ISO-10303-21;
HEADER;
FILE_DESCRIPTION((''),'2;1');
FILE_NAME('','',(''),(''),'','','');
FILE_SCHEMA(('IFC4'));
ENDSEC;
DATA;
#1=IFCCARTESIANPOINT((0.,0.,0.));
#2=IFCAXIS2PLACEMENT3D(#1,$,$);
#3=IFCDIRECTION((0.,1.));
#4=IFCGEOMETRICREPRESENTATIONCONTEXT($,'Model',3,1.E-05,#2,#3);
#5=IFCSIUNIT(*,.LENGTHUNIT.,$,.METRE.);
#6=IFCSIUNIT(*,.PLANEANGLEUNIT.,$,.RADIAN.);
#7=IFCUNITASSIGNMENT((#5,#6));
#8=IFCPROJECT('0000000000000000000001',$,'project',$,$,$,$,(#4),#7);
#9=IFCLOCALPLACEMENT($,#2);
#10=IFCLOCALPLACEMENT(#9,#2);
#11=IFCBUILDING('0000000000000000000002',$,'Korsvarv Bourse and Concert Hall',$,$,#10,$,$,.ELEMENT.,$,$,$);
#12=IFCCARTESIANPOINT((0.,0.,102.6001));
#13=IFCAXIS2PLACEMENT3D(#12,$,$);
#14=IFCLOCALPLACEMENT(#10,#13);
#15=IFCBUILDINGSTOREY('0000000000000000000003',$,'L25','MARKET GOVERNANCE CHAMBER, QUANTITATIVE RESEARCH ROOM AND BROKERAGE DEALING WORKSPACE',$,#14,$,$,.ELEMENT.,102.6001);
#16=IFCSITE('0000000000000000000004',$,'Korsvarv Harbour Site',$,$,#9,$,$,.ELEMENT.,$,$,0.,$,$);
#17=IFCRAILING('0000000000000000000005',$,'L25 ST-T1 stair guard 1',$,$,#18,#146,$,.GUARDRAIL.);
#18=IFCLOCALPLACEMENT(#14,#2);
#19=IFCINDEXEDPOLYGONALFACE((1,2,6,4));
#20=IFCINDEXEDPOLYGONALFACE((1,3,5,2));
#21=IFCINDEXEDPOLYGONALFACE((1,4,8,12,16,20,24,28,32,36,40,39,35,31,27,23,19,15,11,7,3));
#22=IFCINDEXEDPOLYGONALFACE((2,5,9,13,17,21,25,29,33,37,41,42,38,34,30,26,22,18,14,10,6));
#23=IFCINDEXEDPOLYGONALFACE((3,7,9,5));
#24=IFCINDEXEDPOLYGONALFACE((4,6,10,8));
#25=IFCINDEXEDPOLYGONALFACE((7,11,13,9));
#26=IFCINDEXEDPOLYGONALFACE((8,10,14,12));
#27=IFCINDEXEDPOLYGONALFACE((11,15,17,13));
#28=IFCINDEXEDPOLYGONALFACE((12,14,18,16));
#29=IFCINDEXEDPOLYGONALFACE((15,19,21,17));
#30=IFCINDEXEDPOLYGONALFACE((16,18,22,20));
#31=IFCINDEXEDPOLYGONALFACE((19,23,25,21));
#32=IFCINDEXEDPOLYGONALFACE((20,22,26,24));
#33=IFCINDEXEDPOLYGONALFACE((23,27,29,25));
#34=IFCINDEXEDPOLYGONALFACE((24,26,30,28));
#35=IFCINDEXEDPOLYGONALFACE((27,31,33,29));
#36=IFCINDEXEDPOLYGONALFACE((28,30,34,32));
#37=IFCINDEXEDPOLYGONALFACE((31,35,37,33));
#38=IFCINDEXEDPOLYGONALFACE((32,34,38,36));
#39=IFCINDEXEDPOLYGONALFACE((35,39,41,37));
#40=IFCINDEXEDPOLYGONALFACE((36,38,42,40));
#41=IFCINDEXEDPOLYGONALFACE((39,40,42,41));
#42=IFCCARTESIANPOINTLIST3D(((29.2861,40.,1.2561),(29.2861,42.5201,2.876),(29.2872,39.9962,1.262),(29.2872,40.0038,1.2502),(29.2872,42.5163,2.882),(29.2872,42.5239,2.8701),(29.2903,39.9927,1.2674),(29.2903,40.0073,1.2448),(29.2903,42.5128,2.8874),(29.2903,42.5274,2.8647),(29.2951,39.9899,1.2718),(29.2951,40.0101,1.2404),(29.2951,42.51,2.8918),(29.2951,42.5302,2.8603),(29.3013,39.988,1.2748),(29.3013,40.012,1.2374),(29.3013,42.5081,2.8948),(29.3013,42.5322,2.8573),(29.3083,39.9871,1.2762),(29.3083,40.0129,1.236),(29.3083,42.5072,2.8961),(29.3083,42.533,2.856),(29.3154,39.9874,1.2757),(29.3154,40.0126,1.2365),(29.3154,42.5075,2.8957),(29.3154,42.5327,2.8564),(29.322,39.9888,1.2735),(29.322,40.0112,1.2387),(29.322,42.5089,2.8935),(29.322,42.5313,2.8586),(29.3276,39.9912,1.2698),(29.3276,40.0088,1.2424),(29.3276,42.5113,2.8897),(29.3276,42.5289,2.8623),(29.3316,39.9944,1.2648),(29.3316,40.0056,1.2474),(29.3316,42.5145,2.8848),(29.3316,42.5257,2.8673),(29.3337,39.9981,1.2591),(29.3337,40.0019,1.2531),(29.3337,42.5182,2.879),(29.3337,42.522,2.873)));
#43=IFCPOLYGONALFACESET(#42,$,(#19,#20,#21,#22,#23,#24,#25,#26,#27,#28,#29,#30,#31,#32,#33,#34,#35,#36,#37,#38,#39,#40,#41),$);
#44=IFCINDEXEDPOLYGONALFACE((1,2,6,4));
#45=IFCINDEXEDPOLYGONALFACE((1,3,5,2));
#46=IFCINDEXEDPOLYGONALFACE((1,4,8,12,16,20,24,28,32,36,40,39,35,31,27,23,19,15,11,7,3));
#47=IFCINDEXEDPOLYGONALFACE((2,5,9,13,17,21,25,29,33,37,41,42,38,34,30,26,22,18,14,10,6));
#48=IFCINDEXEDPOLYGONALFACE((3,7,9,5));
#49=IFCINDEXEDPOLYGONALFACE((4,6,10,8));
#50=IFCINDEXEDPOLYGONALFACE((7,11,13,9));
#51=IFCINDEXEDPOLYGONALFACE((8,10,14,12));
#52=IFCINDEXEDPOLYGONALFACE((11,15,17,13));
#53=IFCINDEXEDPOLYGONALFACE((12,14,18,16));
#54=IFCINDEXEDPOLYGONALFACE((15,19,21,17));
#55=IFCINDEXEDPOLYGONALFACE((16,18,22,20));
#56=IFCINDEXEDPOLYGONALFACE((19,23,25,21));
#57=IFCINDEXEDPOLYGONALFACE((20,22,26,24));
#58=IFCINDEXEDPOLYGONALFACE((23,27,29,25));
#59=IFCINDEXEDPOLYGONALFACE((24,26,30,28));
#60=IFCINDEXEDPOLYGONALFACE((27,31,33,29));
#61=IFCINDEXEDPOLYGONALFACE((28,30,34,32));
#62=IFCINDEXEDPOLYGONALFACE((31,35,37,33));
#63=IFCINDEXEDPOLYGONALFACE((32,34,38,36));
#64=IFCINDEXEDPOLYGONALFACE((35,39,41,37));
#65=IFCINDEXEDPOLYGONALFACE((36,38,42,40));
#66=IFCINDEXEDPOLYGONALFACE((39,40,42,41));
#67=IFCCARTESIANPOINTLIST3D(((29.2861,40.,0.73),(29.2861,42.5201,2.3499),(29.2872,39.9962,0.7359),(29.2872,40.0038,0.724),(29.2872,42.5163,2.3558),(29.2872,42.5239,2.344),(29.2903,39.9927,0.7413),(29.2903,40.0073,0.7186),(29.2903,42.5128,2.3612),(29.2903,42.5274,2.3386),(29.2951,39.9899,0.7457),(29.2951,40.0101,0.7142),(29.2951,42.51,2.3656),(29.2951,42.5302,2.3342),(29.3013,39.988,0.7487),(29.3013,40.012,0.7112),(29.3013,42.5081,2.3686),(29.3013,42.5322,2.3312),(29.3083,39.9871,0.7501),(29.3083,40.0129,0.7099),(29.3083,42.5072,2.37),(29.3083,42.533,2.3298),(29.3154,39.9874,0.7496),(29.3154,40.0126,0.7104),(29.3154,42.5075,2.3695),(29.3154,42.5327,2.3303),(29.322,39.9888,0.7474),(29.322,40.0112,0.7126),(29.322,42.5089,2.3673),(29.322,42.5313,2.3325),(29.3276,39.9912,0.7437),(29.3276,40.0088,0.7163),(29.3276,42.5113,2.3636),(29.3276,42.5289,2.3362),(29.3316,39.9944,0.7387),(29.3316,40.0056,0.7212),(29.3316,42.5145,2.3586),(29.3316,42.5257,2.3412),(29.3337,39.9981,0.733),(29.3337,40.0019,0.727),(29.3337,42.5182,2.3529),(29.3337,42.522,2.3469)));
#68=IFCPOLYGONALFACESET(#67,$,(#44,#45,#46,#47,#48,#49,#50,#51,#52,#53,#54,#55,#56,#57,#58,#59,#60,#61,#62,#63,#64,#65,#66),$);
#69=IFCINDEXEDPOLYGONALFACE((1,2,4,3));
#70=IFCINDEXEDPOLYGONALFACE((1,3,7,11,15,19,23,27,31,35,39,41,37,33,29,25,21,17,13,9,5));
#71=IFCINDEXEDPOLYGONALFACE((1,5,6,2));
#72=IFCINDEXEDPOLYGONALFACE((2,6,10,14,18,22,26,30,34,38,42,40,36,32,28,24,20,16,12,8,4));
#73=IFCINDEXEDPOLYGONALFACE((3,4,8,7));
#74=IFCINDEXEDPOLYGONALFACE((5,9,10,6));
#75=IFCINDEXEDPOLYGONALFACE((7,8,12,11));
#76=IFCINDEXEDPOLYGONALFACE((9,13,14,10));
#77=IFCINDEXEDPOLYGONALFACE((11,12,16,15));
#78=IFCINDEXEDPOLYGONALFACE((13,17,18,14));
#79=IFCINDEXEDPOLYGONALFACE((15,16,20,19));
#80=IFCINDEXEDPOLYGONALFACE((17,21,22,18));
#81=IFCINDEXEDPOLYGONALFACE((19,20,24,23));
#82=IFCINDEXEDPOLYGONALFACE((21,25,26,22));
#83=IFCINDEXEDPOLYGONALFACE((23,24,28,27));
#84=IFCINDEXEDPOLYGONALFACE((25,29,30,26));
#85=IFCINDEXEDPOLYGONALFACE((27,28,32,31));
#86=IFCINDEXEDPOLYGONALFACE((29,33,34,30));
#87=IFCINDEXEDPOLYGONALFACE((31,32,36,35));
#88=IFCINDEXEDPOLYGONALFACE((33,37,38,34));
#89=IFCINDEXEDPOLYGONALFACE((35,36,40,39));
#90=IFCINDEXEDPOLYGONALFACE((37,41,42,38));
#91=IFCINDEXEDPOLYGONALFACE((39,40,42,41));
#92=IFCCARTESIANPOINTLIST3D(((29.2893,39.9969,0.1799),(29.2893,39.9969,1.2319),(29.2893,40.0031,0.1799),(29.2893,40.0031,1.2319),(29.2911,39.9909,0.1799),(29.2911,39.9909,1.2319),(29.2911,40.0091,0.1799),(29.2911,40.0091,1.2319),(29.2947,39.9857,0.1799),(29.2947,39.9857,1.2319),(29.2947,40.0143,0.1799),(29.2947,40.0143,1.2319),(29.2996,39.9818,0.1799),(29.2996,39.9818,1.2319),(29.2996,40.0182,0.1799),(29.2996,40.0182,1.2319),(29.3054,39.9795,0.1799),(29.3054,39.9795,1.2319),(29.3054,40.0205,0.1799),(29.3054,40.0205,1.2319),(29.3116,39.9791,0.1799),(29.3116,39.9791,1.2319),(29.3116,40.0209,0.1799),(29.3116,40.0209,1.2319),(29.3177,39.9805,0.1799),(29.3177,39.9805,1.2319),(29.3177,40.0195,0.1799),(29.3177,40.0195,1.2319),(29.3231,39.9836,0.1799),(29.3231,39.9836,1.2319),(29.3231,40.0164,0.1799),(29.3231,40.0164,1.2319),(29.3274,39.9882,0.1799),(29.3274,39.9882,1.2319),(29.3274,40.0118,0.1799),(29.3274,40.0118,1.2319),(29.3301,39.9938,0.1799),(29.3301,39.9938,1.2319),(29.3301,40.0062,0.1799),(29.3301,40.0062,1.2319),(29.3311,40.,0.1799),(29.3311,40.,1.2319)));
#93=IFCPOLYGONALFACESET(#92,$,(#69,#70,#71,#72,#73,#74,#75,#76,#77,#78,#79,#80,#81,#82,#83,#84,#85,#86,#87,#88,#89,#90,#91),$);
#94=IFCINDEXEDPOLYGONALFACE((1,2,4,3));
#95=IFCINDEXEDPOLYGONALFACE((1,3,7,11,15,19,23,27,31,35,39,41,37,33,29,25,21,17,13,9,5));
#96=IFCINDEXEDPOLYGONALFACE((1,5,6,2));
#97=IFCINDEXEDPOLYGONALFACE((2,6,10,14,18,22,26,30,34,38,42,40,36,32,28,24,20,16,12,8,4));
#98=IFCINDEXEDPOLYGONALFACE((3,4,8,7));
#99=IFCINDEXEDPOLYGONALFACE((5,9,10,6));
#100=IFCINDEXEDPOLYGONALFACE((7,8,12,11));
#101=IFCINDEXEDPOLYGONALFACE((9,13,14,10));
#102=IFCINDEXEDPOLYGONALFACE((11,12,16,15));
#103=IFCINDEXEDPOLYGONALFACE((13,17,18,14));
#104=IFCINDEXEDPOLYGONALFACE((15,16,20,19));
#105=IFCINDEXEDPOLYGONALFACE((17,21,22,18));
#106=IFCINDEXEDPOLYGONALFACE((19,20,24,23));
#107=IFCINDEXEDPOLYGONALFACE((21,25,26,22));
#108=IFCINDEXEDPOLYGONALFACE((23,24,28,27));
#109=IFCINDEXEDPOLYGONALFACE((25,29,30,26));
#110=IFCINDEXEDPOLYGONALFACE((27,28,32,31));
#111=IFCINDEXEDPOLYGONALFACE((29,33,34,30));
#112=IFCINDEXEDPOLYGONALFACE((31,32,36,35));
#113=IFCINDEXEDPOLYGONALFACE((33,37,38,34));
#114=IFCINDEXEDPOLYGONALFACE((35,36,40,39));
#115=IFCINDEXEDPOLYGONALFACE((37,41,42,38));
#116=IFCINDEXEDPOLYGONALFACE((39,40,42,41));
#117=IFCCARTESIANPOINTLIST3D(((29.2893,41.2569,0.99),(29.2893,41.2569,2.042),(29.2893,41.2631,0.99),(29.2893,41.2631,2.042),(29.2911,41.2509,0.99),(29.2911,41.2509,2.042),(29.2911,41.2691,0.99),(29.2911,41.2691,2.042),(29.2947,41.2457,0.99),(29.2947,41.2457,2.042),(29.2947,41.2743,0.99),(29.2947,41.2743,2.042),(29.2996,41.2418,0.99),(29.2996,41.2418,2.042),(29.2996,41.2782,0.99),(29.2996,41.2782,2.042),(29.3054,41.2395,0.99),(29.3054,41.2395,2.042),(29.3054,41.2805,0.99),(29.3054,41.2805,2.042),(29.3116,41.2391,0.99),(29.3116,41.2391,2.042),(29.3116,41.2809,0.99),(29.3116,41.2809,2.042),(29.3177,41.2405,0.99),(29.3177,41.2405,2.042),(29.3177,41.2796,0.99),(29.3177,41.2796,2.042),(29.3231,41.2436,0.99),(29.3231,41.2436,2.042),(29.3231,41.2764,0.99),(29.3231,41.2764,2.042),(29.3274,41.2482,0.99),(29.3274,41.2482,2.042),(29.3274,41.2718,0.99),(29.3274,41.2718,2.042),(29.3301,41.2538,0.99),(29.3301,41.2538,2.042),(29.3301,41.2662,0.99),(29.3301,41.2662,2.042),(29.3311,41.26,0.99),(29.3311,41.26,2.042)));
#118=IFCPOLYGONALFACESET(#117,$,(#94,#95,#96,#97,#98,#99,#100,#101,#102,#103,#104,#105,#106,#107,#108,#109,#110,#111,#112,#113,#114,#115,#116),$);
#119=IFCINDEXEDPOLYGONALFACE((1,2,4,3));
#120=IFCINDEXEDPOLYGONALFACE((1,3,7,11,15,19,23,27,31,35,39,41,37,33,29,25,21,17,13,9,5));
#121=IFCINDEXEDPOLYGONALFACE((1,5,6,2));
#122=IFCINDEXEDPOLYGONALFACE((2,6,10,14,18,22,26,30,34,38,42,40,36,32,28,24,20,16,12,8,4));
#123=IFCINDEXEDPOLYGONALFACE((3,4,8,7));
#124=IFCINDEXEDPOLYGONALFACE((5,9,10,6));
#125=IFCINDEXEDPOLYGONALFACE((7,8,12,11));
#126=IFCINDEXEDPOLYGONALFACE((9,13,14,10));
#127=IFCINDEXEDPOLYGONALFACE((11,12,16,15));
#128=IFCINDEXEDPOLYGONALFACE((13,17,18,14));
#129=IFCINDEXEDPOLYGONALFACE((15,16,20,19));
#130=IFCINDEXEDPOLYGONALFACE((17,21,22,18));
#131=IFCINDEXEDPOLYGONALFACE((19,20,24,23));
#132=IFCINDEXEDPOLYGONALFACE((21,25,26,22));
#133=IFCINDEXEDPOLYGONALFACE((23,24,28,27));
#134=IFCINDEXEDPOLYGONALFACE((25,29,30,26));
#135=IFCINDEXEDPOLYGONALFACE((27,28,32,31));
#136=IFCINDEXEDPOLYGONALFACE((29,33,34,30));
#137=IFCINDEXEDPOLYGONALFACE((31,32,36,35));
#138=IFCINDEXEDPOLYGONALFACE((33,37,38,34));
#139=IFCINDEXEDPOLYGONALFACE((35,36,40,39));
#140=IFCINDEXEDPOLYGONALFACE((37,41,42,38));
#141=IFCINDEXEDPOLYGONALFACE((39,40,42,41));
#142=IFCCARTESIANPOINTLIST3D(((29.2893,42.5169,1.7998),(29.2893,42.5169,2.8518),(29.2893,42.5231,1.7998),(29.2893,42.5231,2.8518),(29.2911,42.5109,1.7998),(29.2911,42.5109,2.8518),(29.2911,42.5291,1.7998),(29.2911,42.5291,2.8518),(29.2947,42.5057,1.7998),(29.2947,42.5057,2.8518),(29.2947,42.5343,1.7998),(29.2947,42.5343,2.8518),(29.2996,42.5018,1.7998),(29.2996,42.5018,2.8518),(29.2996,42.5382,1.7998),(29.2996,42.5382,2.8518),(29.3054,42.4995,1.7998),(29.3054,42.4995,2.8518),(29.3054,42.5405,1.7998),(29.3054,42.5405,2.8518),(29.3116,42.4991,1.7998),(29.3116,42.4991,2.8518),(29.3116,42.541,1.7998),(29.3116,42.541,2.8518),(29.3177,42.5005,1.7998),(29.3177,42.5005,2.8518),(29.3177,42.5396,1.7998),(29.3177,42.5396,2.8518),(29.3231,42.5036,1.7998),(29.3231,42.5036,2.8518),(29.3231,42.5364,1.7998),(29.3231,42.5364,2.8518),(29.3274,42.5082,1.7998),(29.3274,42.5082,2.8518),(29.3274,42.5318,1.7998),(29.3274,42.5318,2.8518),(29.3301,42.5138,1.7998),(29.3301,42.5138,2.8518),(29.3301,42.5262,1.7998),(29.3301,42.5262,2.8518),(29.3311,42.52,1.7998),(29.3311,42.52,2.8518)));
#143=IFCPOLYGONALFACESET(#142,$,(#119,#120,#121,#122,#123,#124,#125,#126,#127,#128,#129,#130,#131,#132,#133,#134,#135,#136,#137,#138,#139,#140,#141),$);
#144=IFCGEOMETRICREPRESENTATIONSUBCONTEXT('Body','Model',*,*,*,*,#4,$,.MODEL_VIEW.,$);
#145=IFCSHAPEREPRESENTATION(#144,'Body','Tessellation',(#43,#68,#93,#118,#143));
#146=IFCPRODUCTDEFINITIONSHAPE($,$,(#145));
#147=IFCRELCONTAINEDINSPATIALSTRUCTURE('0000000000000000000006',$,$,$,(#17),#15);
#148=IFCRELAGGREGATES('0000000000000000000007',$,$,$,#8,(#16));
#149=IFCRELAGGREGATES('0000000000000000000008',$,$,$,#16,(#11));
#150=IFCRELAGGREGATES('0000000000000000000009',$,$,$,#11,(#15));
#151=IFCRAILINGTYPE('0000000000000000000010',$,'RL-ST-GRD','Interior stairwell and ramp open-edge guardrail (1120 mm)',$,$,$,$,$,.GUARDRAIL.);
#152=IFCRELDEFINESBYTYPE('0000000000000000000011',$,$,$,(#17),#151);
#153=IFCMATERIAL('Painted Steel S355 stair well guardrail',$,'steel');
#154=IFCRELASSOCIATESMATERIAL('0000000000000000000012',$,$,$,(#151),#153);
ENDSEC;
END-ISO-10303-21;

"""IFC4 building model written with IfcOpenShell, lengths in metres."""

from ifc_helpers import new_model, si_unit, direction, frame, origin, origin_2d, place, context, subcontext, project, spatial, circle, extrude, material, type_object, element, save


model = new_model("IFC4")

# Units and contexts
model_context = context("Model", 3, precision=1e-05, world=origin(), true_north=direction((0.0, 1.0)))
body_context = subcontext(model_context, "Body", "Model", "MODEL_VIEW")
ifc_project = project(units=[si_unit("LENGTHUNIT", "METRE"), si_unit("PLANEANGLEUNIT", "RADIAN")], contexts=[model_context])

# Site, building, storey
site_placement = place(None, origin())
site = spatial("IfcSite", under=ifc_project, at=site_placement, Name="Korsvarv Harbour Site", CompositionType="ELEMENT", RefElevation=0.0)
building_placement = place(site_placement, origin())
building = spatial("IfcBuilding", under=site, at=building_placement, Name="Korsvarv Bourse and Concert Hall", CompositionType="ELEMENT")
storey_placement = place(building_placement, frame((0.0, 0.0, 102.6001)))
storey = spatial("IfcBuildingStorey", under=building, at=storey_placement, Name="L25", Description="MARKET GOVERNANCE CHAMBER, QUANTITATIVE RESEARCH ROOM AND BROKERAGE DEALING WORKSPACE", CompositionType="ELEMENT", Elevation=102.6001)

# Railing
ifc_material_1 = material(Name="Painted Steel S355 stair well guardrail", Category="steel")
railing_type_1 = type_object("IfcRailingType", Name="RL-ST-GRD", Description="Interior stairwell and ramp open-edge guardrail (1120 mm)", PredefinedType="GUARDRAIL", material=ifc_material_1)
railing_1_placement = place(storey_placement, frame((29.3101, 40.0, 0.1799)))
element("IfcRailing", 1, at=railing_1_placement, inside=storey, type_object=railing_type_1, Name="L25 ST-T1 stair guard 1", PredefinedType="GUARDRAIL", context=body_context, shape_type="SweptSolid", body=[
    extrude(circle(Radius=0.0239, at=origin_2d()), frame((0.0, 0.0, 1.0762), z_axis=(0.0, 0.8412, 0.540725), x_axis=(-1.0, 0.0, 0.0)), (0.0, 0.0, 1.0), 2.9958),
    extrude(circle(Radius=0.0239, at=origin_2d()), frame((0.0, 0.0, 0.55), z_axis=(0.0, 0.8412, 0.540725), x_axis=(-1.0, 0.0, 0.0)), (0.0, 0.0, 1.0), 2.9958),
    extrude(circle(Radius=0.021, at=origin_2d()), origin(), (0.0, 0.0, 1.0), 1.052),
    extrude(circle(Radius=0.021, at=origin_2d()), frame((0.0, 1.26, 0.8101)), (0.0, 0.0, 1.0), 1.052),
    extrude(circle(Radius=0.021, at=origin_2d()), frame((0.0, 2.52, 1.6199)), (0.0, 0.0, 1.0), 1.052),
])

save(model, "model.ifc")
